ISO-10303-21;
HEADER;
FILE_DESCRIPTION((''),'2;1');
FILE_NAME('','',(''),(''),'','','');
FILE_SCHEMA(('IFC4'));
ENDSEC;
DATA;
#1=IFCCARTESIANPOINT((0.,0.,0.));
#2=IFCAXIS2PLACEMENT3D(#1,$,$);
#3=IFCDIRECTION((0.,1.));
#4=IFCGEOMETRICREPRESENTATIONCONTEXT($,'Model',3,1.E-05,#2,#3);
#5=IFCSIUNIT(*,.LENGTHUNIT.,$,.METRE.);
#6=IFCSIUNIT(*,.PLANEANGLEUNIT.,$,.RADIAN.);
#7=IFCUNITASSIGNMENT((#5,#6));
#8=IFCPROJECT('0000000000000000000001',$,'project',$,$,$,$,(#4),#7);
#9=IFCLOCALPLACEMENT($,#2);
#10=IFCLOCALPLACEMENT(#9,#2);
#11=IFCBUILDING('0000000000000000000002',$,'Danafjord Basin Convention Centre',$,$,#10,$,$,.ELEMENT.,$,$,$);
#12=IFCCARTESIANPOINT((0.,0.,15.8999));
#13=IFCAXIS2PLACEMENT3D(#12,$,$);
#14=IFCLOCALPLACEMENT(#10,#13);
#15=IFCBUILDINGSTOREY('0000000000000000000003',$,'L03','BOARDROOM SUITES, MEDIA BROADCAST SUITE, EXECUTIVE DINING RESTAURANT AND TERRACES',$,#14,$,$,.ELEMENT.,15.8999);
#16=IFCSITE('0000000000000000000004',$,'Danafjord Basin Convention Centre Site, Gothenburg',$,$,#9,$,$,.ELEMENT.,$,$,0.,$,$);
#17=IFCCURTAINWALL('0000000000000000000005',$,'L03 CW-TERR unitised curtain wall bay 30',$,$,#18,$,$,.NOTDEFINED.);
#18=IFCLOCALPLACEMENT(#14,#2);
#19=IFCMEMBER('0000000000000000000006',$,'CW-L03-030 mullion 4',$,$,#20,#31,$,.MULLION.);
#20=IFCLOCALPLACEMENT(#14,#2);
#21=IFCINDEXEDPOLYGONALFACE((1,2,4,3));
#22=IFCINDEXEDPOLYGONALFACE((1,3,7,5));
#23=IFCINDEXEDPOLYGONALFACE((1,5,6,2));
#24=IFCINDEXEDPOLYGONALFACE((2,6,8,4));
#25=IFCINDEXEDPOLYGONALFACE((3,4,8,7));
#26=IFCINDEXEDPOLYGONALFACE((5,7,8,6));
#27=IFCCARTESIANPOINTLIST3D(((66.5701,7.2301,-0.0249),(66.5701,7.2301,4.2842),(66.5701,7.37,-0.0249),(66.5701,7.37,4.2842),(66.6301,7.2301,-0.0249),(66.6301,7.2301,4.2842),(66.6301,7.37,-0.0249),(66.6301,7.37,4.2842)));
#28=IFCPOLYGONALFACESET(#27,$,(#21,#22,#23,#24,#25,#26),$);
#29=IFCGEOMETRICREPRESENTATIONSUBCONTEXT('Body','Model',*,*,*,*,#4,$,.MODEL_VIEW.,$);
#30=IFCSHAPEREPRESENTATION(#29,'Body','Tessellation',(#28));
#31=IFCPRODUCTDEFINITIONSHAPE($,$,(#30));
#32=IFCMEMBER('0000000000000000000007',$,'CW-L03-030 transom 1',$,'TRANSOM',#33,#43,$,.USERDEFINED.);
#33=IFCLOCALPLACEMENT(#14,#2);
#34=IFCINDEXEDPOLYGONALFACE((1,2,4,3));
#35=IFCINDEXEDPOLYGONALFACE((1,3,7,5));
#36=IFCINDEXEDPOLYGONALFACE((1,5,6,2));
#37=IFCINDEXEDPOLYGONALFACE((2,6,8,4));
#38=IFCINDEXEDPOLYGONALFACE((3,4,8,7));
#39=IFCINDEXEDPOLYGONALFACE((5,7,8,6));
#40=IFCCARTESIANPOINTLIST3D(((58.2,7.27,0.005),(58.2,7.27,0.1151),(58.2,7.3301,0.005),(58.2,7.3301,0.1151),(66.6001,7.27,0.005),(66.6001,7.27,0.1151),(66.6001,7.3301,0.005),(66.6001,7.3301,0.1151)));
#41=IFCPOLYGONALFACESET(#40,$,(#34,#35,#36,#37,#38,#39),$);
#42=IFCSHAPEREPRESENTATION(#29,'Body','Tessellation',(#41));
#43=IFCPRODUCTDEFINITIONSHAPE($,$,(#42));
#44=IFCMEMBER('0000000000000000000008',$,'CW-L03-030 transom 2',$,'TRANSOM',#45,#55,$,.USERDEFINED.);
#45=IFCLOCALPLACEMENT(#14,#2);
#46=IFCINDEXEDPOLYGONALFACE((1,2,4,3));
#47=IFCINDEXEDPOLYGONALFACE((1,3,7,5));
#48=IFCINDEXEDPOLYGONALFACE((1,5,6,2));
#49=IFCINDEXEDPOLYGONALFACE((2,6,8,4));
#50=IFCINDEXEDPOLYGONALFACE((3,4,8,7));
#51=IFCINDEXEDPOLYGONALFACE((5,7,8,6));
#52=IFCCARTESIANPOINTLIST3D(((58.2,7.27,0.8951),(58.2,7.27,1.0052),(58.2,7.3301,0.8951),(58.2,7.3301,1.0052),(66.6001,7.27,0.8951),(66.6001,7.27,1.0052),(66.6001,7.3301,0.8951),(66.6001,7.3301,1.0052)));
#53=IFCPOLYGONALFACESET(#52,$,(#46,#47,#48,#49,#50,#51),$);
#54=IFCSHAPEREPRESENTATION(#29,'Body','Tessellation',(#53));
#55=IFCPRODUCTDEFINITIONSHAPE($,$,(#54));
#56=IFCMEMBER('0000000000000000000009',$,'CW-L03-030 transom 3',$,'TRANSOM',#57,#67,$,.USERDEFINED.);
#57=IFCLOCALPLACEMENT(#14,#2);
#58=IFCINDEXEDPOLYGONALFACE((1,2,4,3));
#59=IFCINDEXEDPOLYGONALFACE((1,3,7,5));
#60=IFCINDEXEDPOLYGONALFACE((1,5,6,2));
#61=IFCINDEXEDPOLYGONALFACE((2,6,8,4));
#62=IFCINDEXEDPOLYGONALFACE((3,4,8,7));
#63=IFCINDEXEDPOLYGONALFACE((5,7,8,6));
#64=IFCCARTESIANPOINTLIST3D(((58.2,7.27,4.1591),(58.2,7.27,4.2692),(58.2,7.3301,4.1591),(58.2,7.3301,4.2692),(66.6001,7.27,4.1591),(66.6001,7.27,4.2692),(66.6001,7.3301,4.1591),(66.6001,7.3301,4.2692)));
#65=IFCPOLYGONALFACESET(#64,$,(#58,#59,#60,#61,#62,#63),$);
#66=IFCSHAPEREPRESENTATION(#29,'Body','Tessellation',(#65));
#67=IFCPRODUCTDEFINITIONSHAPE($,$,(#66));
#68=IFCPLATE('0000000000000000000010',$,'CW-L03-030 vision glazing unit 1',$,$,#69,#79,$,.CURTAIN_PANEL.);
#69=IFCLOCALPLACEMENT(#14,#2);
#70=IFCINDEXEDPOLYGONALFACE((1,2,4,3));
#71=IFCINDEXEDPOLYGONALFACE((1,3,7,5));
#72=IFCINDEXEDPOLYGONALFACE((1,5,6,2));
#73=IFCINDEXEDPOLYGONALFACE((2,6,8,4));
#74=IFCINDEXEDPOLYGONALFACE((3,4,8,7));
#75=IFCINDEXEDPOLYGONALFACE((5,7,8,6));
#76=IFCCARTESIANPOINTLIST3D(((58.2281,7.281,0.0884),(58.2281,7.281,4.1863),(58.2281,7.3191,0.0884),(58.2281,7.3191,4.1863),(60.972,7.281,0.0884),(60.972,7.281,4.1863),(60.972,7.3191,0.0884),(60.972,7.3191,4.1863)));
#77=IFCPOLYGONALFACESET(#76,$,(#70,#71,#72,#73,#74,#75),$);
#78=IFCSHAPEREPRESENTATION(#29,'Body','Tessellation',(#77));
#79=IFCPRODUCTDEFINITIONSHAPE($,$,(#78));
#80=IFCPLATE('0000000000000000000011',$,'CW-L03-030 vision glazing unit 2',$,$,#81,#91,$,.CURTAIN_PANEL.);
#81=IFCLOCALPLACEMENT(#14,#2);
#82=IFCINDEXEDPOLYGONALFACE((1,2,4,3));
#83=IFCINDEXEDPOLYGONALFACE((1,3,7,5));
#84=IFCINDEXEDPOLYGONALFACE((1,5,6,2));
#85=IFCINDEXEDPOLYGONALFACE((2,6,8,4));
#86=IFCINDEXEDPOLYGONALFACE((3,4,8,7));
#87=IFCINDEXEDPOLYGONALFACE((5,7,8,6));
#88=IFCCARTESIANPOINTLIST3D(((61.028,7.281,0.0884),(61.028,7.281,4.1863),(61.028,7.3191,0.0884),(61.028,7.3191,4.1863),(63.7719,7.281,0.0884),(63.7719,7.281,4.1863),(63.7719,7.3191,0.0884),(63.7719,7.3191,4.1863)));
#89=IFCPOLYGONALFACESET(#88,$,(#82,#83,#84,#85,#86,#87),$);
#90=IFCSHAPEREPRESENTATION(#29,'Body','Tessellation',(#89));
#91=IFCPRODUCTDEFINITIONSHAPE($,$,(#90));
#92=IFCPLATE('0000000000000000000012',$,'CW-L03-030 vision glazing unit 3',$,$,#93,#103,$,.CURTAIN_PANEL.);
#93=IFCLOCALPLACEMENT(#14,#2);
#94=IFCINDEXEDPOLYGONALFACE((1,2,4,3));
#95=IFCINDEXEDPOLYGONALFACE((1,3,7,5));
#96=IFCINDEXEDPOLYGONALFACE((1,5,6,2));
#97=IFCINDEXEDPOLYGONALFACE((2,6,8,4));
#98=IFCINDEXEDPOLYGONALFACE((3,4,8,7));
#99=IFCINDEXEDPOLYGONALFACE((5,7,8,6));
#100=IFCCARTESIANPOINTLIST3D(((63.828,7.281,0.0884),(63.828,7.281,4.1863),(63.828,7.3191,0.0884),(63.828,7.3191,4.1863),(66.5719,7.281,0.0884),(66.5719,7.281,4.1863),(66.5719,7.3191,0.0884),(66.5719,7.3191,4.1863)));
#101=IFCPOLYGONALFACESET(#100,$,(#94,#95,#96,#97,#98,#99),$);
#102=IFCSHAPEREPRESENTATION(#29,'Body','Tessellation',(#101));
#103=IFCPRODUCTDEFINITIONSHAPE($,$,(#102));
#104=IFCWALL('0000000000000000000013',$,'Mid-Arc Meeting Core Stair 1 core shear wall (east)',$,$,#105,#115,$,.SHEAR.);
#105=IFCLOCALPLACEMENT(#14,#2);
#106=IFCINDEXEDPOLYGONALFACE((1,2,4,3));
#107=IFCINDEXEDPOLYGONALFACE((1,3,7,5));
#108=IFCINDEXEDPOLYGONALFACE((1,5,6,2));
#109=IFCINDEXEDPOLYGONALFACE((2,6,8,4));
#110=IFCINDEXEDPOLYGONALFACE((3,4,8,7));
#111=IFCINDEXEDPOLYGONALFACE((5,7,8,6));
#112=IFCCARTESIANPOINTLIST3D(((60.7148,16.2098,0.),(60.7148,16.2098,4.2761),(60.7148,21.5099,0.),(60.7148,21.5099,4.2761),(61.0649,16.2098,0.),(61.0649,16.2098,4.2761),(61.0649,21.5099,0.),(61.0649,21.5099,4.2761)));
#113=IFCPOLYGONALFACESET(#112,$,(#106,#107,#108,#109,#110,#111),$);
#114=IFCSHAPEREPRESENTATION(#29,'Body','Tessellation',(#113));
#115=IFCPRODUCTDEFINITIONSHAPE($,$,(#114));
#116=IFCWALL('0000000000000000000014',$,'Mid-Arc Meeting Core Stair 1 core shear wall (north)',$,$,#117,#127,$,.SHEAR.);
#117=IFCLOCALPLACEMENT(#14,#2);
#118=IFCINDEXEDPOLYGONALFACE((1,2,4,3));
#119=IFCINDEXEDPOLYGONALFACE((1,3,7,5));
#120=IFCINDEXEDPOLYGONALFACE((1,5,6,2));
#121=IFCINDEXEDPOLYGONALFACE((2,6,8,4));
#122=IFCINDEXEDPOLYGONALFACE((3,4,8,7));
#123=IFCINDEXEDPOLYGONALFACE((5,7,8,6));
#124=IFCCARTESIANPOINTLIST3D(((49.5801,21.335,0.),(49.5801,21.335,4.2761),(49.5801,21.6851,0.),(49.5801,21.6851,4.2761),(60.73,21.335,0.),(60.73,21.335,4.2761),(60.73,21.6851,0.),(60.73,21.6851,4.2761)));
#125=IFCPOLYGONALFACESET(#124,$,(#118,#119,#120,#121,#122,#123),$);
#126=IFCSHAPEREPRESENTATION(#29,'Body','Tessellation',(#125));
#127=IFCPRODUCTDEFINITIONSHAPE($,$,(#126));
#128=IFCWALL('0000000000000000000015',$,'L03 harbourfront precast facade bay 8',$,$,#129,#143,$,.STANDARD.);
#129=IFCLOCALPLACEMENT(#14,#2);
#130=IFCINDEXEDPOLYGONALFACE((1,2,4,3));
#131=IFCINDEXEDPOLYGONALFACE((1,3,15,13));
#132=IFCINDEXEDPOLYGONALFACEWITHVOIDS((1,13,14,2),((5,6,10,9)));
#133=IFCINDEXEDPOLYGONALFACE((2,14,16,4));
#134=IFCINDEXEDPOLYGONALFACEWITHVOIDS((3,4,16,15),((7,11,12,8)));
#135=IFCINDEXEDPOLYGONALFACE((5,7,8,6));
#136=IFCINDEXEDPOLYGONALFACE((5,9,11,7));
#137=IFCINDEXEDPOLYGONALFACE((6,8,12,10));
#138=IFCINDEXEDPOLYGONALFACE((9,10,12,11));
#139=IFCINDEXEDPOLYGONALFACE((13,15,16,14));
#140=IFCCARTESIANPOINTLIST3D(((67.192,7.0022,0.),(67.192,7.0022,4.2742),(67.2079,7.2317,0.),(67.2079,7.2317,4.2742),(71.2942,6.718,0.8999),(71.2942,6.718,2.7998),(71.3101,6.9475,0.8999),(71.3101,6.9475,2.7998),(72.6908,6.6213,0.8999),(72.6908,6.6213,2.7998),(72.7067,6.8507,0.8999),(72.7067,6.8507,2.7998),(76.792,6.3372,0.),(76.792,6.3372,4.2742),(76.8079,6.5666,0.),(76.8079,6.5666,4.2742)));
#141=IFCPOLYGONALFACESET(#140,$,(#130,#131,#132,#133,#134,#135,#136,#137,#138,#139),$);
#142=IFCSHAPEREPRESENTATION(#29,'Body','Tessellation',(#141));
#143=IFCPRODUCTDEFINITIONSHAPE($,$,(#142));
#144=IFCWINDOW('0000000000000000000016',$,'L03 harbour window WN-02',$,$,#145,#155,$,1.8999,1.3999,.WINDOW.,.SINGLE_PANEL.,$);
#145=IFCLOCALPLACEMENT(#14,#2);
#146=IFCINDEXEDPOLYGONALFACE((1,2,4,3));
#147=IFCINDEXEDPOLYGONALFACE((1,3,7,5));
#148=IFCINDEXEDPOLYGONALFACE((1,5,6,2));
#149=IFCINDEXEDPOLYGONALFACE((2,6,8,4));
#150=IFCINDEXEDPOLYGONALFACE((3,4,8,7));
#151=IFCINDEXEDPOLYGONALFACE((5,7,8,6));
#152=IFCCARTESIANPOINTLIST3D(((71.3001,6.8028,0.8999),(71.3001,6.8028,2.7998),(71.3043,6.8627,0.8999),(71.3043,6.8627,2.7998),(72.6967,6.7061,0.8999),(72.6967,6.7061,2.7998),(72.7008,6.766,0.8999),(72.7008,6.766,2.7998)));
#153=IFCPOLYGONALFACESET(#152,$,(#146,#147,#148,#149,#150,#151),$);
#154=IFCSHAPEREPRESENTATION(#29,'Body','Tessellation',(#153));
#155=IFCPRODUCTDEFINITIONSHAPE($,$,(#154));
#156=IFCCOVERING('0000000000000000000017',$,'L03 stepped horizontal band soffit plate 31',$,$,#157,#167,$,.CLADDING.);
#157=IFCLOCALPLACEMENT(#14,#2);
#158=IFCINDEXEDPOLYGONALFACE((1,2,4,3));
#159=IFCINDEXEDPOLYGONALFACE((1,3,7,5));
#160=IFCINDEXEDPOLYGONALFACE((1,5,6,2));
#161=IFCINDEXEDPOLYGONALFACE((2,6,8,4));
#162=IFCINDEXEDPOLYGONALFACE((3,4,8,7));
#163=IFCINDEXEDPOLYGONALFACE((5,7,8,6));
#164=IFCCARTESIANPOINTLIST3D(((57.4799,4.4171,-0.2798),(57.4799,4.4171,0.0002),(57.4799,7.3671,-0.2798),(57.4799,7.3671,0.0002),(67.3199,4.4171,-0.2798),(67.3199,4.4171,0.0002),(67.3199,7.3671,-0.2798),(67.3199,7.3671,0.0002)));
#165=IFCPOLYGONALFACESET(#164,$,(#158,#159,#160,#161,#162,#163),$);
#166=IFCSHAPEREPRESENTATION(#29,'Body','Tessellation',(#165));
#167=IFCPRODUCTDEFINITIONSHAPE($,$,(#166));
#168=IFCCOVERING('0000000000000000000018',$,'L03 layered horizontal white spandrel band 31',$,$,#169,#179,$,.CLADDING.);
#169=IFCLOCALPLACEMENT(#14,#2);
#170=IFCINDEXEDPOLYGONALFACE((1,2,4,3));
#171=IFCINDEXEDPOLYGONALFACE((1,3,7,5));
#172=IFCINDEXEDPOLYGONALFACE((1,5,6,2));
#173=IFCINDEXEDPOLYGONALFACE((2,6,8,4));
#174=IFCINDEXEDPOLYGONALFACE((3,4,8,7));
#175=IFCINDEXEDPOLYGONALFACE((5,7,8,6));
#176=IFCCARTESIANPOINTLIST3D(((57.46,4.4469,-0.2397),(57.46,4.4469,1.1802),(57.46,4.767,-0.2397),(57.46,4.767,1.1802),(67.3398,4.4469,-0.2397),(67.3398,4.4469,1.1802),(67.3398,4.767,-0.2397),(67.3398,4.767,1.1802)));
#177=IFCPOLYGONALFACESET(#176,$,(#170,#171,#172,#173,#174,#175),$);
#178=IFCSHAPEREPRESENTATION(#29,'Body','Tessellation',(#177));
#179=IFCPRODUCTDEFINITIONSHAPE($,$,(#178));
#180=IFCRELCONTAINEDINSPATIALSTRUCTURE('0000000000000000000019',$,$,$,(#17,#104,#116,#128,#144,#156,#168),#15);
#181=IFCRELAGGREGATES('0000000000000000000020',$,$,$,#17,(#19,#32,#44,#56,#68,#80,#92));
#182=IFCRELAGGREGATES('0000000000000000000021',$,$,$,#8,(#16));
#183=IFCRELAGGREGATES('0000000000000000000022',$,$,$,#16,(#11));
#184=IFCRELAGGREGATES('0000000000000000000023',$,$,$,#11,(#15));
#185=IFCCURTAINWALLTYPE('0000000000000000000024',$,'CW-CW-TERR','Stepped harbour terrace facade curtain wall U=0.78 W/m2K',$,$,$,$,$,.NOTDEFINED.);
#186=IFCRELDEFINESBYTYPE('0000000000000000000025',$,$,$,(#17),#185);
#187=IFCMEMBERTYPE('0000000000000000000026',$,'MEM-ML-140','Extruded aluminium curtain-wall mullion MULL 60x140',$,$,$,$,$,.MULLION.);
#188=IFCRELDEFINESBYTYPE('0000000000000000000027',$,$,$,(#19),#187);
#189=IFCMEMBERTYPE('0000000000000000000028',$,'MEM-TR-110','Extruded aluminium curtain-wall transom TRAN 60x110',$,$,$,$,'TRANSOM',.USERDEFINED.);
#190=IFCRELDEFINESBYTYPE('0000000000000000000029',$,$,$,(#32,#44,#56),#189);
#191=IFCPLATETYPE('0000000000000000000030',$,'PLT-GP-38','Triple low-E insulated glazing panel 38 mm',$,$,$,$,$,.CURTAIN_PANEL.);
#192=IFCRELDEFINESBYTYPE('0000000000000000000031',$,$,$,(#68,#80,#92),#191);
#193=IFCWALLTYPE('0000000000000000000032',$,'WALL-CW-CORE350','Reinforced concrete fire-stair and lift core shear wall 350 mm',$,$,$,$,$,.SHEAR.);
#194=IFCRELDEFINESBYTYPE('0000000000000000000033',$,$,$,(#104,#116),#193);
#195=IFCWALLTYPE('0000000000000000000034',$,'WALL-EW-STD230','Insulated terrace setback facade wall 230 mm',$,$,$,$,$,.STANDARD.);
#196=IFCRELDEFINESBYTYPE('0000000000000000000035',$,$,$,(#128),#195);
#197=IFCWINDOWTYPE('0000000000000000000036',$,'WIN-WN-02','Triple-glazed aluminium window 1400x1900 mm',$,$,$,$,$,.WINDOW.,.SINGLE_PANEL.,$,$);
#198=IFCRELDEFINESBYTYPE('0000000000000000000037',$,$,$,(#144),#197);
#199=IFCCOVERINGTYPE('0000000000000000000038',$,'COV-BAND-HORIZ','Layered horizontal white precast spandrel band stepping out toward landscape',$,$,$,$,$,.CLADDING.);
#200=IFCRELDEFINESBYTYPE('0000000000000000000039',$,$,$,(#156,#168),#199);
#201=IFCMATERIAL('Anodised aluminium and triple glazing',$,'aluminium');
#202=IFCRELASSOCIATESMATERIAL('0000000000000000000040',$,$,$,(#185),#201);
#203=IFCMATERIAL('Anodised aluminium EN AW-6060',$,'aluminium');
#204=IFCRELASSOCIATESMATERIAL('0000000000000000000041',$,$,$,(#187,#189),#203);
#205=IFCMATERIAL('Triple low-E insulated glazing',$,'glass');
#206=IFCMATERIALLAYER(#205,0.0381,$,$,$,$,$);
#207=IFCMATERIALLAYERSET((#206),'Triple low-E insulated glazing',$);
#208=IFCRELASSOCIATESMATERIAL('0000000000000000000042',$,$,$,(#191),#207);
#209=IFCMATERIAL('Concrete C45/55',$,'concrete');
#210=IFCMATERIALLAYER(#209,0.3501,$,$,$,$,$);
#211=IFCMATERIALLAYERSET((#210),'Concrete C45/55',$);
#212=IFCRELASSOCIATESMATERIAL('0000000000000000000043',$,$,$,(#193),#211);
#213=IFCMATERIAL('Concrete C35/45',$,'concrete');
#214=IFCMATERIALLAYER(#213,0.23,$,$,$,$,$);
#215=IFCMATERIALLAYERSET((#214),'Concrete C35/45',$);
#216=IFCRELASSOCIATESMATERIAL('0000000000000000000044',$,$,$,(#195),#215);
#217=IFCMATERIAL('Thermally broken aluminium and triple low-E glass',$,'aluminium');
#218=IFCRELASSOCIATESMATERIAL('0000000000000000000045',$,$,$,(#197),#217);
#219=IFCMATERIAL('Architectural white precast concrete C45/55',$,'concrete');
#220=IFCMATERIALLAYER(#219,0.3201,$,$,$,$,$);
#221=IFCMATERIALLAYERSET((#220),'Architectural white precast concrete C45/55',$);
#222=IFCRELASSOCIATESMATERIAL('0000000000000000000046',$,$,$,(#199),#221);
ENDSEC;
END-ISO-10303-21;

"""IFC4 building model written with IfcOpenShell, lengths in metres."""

from ifc_helpers import new_model, si_unit, direction, frame, frame_2d, origin, origin_2d, place, context, subcontext, project, spatial, rectangle, extrude, material, layer, layer_set, material_profile, profile_set, type_object, element, fill, aggregate, save


model = new_model("IFC4")

# Units and contexts
model_context = context("Model", 3, precision=1e-05, world=origin(), true_north=direction((0.0, 1.0)))
body_context = subcontext(model_context, "Body", "Model", "MODEL_VIEW")
ifc_project = project(units=[si_unit("LENGTHUNIT", "METRE"), si_unit("PLANEANGLEUNIT", "RADIAN")], contexts=[model_context])

# Site, building, storey
site_placement = place(None, origin())
site = spatial("IfcSite", under=ifc_project, at=site_placement, Name="Danafjord Basin Convention Centre Site, Gothenburg", CompositionType="ELEMENT", RefElevation=0.0)
building_placement = place(site_placement, origin())
building = spatial("IfcBuilding", under=site, at=building_placement, Name="Danafjord Basin Convention Centre", CompositionType="ELEMENT")
storey_placement = place(building_placement, frame((0.0, 0.0, 15.8999)))
storey = spatial("IfcBuildingStorey", under=building, at=storey_placement, Name="L03", Description="BOARDROOM SUITES, MEDIA BROADCAST SUITE, EXECUTIVE DINING RESTAURANT AND TERRACES", CompositionType="ELEMENT", Elevation=15.8999)

# Curtain wall, members, plates
ifc_material_1 = material(Name="Anodised aluminium and triple glazing", Category="aluminium")
curtain_wall_type = type_object("IfcCurtainWallType", Name="CW-CW-TERR", Description="Stepped harbour terrace facade curtain wall U=0.78 W/m2K", PredefinedType="NOTDEFINED", material=ifc_material_1)
curtain_wall_placement = place(storey_placement, origin())
curtain_wall = element("IfcCurtainWall", 1, at=curtain_wall_placement, inside=storey, type_object=curtain_wall_type, Name="L03 CW-TERR unitised curtain wall bay 30", PredefinedType="NOTDEFINED")
ifc_material_2 = material(Name="Anodised aluminium EN AW-6060", Category="aluminium")
ifc_material_profile_1 = material_profile(ifc_material_2, rectangle(XDim=0.0601, YDim=0.1399, at=origin_2d()), Name="MULL 60x140")
ifc_profile_set_1 = profile_set([ifc_material_profile_1], Name="Anodised aluminium EN AW-6060")
member_type_1 = type_object("IfcMemberType", Name="MEM-ML-140", Description="Extruded aluminium curtain-wall mullion MULL 60x140", PredefinedType="MULLION", material=ifc_profile_set_1)
member_1_placement = place(storey_placement, frame((66.6001, 7.3, -0.0249), z_axis=(0.0, 0.0, 1.0), x_axis=(1.0, 0.0, 0.0)))
member_1 = element("IfcMember", 2, at=member_1_placement, type_object=member_type_1, Name="CW-L03-030 mullion 4", PredefinedType="MULLION", context=body_context, shape_type="SweptSolid", body=[
    extrude(rectangle(XDim=0.0601, YDim=0.1399, at=origin_2d()), origin(), (0.0, 0.0, 1.0), 4.3091),
])
ifc_material_profile_2 = material_profile(ifc_material_2, rectangle(XDim=0.0601, YDim=0.1101, at=origin_2d()), Name="TRAN 60x110")
ifc_profile_set_2 = profile_set([ifc_material_profile_2], Name="Anodised aluminium EN AW-6060")
member_type_2 = type_object("IfcMemberType", Name="MEM-TR-110", Description="Extruded aluminium curtain-wall transom TRAN 60x110", ElementType="TRANSOM", PredefinedType="USERDEFINED", material=ifc_profile_set_2)
member_2_placement = place(storey_placement, frame((58.2, 7.3, 0.0601), z_axis=(1.0, 0.0, 0.0), x_axis=(0.0, 1.0, 0.0)))
member_2 = element("IfcMember", 3, at=member_2_placement, type_object=member_type_2, Name="CW-L03-030 transom 1", ObjectType="TRANSOM", PredefinedType="USERDEFINED", context=body_context, shape_type="SweptSolid", body=[
    extrude(rectangle(XDim=0.0601, YDim=0.1101, at=origin_2d()), origin(), (0.0, 0.0, 1.0), 8.4001),
])
member_3_placement = place(storey_placement, frame((58.2, 7.3, 0.9502), z_axis=(1.0, 0.0, 0.0), x_axis=(0.0, 1.0, 0.0)))
member_3 = element("IfcMember", 4, at=member_3_placement, type_object=member_type_2, Name="CW-L03-030 transom 2", ObjectType="TRANSOM", PredefinedType="USERDEFINED", context=body_context, shape_type="SweptSolid", body=[
    extrude(rectangle(XDim=0.0601, YDim=0.1101, at=origin_2d()), origin(), (0.0, 0.0, 1.0), 8.4001),
])
member_4_placement = place(storey_placement, frame((58.2, 7.3, 4.2141), z_axis=(1.0, 0.0, 0.0), x_axis=(0.0, 1.0, 0.0)))
member_4 = element("IfcMember", 5, at=member_4_placement, type_object=member_type_2, Name="CW-L03-030 transom 3", ObjectType="TRANSOM", PredefinedType="USERDEFINED", context=body_context, shape_type="SweptSolid", body=[
    extrude(rectangle(XDim=0.0601, YDim=0.1101, at=origin_2d()), origin(), (0.0, 0.0, 1.0), 8.4001),
])
ifc_material_3 = material(Name="Triple low-E insulated glazing", Category="glass")
ifc_layer_1 = layer(ifc_material_3, 0.0381)
ifc_layer_set_1 = layer_set([ifc_layer_1], Name="Triple low-E insulated glazing")
plate_type = type_object("IfcPlateType", Name="PLT-GP-38", Description="Triple low-E insulated glazing panel 38 mm", PredefinedType="CURTAIN_PANEL", material=ifc_layer_set_1)
plate_1_placement = place(storey_placement, frame((59.6001, 7.3, 0.0884), z_axis=(0.0, 0.0, 1.0), x_axis=(1.0, 0.0, 0.0)))
plate_1 = element("IfcPlate", 6, at=plate_1_placement, type_object=plate_type, Name="CW-L03-030 vision glazing unit 1", PredefinedType="CURTAIN_PANEL", context=body_context, shape_type="SweptSolid", body=[
    extrude(rectangle(XDim=2.7439, YDim=0.0381, at=origin_2d()), origin(), (0.0, 0.0, 1.0), 4.0979),
])
plate_2_placement = place(storey_placement, frame((62.3999, 7.3, 0.0884), z_axis=(0.0, 0.0, 1.0), x_axis=(1.0, 0.0, 0.0)))
plate_2 = element("IfcPlate", 7, at=plate_2_placement, type_object=plate_type, Name="CW-L03-030 vision glazing unit 2", PredefinedType="CURTAIN_PANEL", context=body_context, shape_type="SweptSolid", body=[
    extrude(rectangle(XDim=2.7439, YDim=0.0381, at=origin_2d()), origin(), (0.0, 0.0, 1.0), 4.0979),
])
plate_3_placement = place(storey_placement, frame((65.2, 7.3, 0.0884), z_axis=(0.0, 0.0, 1.0), x_axis=(1.0, 0.0, 0.0)))
plate_3 = element("IfcPlate", 8, at=plate_3_placement, type_object=plate_type, Name="CW-L03-030 vision glazing unit 3", PredefinedType="CURTAIN_PANEL", context=body_context, shape_type="SweptSolid", body=[
    extrude(rectangle(XDim=2.7439, YDim=0.0381, at=origin_2d()), origin(), (0.0, 0.0, 1.0), 4.0979),
])
aggregate(curtain_wall, [member_1, member_2, member_3, member_4, plate_1, plate_2, plate_3])

# Walls
ifc_material_4 = material(Name="Concrete C45/55", Category="concrete")
ifc_layer_2 = layer(ifc_material_4, 0.3501)
ifc_layer_set_2 = layer_set([ifc_layer_2], Name="Concrete C45/55")
wall_type_1 = type_object("IfcWallType", Name="WALL-CW-CORE350", Description="Reinforced concrete fire-stair and lift core shear wall 350 mm", PredefinedType="SHEAR", material=ifc_layer_set_2)
wall_1_placement = place(storey_placement, frame((60.8899, 16.21, 0.0), z_axis=(0.0, 0.0, 1.0), x_axis=(0.0, 1.0, 0.0)))
element("IfcWall", 9, at=wall_1_placement, inside=storey, type_object=wall_type_1, Name="Mid-Arc Meeting Core Stair 1 core shear wall (east)", PredefinedType="SHEAR", context=body_context, shape_type="SweptSolid", body=[
    extrude(rectangle(XDim=5.3, YDim=0.3501, at=frame_2d((2.6499, 0.0))), origin(), (0.0, 0.0, 1.0), 4.2761),
])
wall_2_placement = place(storey_placement, frame((60.73, 21.51, 0.0), z_axis=(0.0, 0.0, 1.0), x_axis=(-1.0, 0.0, 0.0)))
element("IfcWall", 10, at=wall_2_placement, inside=storey, type_object=wall_type_1, Name="Mid-Arc Meeting Core Stair 1 core shear wall (north)", PredefinedType="SHEAR", context=body_context, shape_type="SweptSolid", body=[
    extrude(rectangle(XDim=11.1499, YDim=0.3501, at=frame_2d((5.575, 0.0))), origin(), (0.0, 0.0, 1.0), 4.2761),
])

# Wall, opening, window
ifc_material_5 = material(Name="Concrete C35/45", Category="concrete")
ifc_layer_3 = layer(ifc_material_5, 0.23)
ifc_layer_set_3 = layer_set([ifc_layer_3], Name="Concrete C35/45")
wall_type_2 = type_object("IfcWallType", Name="WALL-EW-STD230", Description="Insulated terrace setback facade wall 230 mm", PredefinedType="STANDARD", material=ifc_layer_set_3)
wall_3_placement = place(storey_placement, frame((67.2, 7.1169, 0.0), z_axis=(0.0, 0.0, 1.0), x_axis=(0.997609, -0.069109, 0.0)))
wall_3 = element("IfcWall", 11, at=wall_3_placement, inside=storey, type_object=wall_type_2, Name="L03 harbourfront precast facade bay 8", PredefinedType="STANDARD", context=body_context, shape_type="SweptSolid", body=[
    extrude(rectangle(XDim=9.623, YDim=0.23, at=frame_2d((4.8115, 0.0))), origin(), (0.0, 0.0, 1.0), 4.2742),
])
opening_placement = place(wall_3_placement, frame((4.1121, 0.0, 0.8999)))
opening = element("IfcOpeningElement", 12, at=opening_placement, cuts=wall_3, PredefinedType="OPENING", context=body_context, shape_type="SweptSolid", body=[
    extrude(rectangle(XDim=1.3999, YDim=1.8999, at=frame_2d((0.7, 0.95))), frame((0.0, 0.125, 0.0), z_axis=(0.0, -1.0, 0.0), x_axis=(1.0, 0.0, 0.0)), (0.0, 0.0, 1.0), 0.25),
])
ifc_material_6 = material(Name="Thermally broken aluminium and triple low-E glass", Category="aluminium")
window_type = type_object("IfcWindowType", Name="WIN-WN-02", Description="Triple-glazed aluminium window 1400x1900 mm", PartitioningType="SINGLE_PANEL", PredefinedType="WINDOW", material=ifc_material_6)
window_placement = place(opening_placement, origin())
window = element("IfcWindow", 13, at=window_placement, inside=storey, type_object=window_type, Name="L03 harbour window WN-02", OverallHeight=1.8999, OverallWidth=1.3999, PartitioningType="SINGLE_PANEL", PredefinedType="WINDOW", context=body_context, shape_type="SweptSolid", body=[
    extrude(rectangle(XDim=1.3999, YDim=1.8999, at=frame_2d((0.7, 0.95))), frame((0.0, 0.03, 0.0), z_axis=(0.0, -1.0, 0.0), x_axis=(1.0, 0.0, 0.0)), (0.0, 0.0, 1.0), 0.0601),
])
fill(opening, window)

# Coverings
ifc_material_7 = material(Name="Architectural white precast concrete C45/55", Category="concrete")
ifc_layer_4 = layer(ifc_material_7, 0.3201)
ifc_layer_set_4 = layer_set([ifc_layer_4], Name="Architectural white precast concrete C45/55")
covering_type = type_object("IfcCoveringType", Name="COV-BAND-HORIZ", Description="Layered horizontal white precast spandrel band stepping out toward landscape", PredefinedType="CLADDING", material=ifc_layer_set_4)
covering_1_placement = place(storey_placement, frame((62.3999, 5.8921, -0.2798), z_axis=(0.0, 0.0, 1.0), x_axis=(1.0, 0.0, 0.0)))
element("IfcCovering", 14, at=covering_1_placement, inside=storey, type_object=covering_type, Name="L03 stepped horizontal band soffit plate 31", PredefinedType="CLADDING", context=body_context, shape_type="SweptSolid", body=[
    extrude(rectangle(XDim=9.8401, YDim=2.95, at=origin_2d()), origin(), (0.0, 0.0, 1.0), 0.28),
])
covering_2_placement = place(storey_placement, frame((62.3999, 4.6069, -0.2397), z_axis=(0.0, 0.0, 1.0), x_axis=(1.0, 0.0, 0.0)))
element("IfcCovering", 15, at=covering_2_placement, inside=storey, type_object=covering_type, Name="L03 layered horizontal white spandrel band 31", PredefinedType="CLADDING", context=body_context, shape_type="SweptSolid", body=[
    extrude(rectangle(XDim=9.8799, YDim=0.3201, at=origin_2d()), origin(), (0.0, 0.0, 1.0), 1.4199),
])

save(model, "model.ifc")
